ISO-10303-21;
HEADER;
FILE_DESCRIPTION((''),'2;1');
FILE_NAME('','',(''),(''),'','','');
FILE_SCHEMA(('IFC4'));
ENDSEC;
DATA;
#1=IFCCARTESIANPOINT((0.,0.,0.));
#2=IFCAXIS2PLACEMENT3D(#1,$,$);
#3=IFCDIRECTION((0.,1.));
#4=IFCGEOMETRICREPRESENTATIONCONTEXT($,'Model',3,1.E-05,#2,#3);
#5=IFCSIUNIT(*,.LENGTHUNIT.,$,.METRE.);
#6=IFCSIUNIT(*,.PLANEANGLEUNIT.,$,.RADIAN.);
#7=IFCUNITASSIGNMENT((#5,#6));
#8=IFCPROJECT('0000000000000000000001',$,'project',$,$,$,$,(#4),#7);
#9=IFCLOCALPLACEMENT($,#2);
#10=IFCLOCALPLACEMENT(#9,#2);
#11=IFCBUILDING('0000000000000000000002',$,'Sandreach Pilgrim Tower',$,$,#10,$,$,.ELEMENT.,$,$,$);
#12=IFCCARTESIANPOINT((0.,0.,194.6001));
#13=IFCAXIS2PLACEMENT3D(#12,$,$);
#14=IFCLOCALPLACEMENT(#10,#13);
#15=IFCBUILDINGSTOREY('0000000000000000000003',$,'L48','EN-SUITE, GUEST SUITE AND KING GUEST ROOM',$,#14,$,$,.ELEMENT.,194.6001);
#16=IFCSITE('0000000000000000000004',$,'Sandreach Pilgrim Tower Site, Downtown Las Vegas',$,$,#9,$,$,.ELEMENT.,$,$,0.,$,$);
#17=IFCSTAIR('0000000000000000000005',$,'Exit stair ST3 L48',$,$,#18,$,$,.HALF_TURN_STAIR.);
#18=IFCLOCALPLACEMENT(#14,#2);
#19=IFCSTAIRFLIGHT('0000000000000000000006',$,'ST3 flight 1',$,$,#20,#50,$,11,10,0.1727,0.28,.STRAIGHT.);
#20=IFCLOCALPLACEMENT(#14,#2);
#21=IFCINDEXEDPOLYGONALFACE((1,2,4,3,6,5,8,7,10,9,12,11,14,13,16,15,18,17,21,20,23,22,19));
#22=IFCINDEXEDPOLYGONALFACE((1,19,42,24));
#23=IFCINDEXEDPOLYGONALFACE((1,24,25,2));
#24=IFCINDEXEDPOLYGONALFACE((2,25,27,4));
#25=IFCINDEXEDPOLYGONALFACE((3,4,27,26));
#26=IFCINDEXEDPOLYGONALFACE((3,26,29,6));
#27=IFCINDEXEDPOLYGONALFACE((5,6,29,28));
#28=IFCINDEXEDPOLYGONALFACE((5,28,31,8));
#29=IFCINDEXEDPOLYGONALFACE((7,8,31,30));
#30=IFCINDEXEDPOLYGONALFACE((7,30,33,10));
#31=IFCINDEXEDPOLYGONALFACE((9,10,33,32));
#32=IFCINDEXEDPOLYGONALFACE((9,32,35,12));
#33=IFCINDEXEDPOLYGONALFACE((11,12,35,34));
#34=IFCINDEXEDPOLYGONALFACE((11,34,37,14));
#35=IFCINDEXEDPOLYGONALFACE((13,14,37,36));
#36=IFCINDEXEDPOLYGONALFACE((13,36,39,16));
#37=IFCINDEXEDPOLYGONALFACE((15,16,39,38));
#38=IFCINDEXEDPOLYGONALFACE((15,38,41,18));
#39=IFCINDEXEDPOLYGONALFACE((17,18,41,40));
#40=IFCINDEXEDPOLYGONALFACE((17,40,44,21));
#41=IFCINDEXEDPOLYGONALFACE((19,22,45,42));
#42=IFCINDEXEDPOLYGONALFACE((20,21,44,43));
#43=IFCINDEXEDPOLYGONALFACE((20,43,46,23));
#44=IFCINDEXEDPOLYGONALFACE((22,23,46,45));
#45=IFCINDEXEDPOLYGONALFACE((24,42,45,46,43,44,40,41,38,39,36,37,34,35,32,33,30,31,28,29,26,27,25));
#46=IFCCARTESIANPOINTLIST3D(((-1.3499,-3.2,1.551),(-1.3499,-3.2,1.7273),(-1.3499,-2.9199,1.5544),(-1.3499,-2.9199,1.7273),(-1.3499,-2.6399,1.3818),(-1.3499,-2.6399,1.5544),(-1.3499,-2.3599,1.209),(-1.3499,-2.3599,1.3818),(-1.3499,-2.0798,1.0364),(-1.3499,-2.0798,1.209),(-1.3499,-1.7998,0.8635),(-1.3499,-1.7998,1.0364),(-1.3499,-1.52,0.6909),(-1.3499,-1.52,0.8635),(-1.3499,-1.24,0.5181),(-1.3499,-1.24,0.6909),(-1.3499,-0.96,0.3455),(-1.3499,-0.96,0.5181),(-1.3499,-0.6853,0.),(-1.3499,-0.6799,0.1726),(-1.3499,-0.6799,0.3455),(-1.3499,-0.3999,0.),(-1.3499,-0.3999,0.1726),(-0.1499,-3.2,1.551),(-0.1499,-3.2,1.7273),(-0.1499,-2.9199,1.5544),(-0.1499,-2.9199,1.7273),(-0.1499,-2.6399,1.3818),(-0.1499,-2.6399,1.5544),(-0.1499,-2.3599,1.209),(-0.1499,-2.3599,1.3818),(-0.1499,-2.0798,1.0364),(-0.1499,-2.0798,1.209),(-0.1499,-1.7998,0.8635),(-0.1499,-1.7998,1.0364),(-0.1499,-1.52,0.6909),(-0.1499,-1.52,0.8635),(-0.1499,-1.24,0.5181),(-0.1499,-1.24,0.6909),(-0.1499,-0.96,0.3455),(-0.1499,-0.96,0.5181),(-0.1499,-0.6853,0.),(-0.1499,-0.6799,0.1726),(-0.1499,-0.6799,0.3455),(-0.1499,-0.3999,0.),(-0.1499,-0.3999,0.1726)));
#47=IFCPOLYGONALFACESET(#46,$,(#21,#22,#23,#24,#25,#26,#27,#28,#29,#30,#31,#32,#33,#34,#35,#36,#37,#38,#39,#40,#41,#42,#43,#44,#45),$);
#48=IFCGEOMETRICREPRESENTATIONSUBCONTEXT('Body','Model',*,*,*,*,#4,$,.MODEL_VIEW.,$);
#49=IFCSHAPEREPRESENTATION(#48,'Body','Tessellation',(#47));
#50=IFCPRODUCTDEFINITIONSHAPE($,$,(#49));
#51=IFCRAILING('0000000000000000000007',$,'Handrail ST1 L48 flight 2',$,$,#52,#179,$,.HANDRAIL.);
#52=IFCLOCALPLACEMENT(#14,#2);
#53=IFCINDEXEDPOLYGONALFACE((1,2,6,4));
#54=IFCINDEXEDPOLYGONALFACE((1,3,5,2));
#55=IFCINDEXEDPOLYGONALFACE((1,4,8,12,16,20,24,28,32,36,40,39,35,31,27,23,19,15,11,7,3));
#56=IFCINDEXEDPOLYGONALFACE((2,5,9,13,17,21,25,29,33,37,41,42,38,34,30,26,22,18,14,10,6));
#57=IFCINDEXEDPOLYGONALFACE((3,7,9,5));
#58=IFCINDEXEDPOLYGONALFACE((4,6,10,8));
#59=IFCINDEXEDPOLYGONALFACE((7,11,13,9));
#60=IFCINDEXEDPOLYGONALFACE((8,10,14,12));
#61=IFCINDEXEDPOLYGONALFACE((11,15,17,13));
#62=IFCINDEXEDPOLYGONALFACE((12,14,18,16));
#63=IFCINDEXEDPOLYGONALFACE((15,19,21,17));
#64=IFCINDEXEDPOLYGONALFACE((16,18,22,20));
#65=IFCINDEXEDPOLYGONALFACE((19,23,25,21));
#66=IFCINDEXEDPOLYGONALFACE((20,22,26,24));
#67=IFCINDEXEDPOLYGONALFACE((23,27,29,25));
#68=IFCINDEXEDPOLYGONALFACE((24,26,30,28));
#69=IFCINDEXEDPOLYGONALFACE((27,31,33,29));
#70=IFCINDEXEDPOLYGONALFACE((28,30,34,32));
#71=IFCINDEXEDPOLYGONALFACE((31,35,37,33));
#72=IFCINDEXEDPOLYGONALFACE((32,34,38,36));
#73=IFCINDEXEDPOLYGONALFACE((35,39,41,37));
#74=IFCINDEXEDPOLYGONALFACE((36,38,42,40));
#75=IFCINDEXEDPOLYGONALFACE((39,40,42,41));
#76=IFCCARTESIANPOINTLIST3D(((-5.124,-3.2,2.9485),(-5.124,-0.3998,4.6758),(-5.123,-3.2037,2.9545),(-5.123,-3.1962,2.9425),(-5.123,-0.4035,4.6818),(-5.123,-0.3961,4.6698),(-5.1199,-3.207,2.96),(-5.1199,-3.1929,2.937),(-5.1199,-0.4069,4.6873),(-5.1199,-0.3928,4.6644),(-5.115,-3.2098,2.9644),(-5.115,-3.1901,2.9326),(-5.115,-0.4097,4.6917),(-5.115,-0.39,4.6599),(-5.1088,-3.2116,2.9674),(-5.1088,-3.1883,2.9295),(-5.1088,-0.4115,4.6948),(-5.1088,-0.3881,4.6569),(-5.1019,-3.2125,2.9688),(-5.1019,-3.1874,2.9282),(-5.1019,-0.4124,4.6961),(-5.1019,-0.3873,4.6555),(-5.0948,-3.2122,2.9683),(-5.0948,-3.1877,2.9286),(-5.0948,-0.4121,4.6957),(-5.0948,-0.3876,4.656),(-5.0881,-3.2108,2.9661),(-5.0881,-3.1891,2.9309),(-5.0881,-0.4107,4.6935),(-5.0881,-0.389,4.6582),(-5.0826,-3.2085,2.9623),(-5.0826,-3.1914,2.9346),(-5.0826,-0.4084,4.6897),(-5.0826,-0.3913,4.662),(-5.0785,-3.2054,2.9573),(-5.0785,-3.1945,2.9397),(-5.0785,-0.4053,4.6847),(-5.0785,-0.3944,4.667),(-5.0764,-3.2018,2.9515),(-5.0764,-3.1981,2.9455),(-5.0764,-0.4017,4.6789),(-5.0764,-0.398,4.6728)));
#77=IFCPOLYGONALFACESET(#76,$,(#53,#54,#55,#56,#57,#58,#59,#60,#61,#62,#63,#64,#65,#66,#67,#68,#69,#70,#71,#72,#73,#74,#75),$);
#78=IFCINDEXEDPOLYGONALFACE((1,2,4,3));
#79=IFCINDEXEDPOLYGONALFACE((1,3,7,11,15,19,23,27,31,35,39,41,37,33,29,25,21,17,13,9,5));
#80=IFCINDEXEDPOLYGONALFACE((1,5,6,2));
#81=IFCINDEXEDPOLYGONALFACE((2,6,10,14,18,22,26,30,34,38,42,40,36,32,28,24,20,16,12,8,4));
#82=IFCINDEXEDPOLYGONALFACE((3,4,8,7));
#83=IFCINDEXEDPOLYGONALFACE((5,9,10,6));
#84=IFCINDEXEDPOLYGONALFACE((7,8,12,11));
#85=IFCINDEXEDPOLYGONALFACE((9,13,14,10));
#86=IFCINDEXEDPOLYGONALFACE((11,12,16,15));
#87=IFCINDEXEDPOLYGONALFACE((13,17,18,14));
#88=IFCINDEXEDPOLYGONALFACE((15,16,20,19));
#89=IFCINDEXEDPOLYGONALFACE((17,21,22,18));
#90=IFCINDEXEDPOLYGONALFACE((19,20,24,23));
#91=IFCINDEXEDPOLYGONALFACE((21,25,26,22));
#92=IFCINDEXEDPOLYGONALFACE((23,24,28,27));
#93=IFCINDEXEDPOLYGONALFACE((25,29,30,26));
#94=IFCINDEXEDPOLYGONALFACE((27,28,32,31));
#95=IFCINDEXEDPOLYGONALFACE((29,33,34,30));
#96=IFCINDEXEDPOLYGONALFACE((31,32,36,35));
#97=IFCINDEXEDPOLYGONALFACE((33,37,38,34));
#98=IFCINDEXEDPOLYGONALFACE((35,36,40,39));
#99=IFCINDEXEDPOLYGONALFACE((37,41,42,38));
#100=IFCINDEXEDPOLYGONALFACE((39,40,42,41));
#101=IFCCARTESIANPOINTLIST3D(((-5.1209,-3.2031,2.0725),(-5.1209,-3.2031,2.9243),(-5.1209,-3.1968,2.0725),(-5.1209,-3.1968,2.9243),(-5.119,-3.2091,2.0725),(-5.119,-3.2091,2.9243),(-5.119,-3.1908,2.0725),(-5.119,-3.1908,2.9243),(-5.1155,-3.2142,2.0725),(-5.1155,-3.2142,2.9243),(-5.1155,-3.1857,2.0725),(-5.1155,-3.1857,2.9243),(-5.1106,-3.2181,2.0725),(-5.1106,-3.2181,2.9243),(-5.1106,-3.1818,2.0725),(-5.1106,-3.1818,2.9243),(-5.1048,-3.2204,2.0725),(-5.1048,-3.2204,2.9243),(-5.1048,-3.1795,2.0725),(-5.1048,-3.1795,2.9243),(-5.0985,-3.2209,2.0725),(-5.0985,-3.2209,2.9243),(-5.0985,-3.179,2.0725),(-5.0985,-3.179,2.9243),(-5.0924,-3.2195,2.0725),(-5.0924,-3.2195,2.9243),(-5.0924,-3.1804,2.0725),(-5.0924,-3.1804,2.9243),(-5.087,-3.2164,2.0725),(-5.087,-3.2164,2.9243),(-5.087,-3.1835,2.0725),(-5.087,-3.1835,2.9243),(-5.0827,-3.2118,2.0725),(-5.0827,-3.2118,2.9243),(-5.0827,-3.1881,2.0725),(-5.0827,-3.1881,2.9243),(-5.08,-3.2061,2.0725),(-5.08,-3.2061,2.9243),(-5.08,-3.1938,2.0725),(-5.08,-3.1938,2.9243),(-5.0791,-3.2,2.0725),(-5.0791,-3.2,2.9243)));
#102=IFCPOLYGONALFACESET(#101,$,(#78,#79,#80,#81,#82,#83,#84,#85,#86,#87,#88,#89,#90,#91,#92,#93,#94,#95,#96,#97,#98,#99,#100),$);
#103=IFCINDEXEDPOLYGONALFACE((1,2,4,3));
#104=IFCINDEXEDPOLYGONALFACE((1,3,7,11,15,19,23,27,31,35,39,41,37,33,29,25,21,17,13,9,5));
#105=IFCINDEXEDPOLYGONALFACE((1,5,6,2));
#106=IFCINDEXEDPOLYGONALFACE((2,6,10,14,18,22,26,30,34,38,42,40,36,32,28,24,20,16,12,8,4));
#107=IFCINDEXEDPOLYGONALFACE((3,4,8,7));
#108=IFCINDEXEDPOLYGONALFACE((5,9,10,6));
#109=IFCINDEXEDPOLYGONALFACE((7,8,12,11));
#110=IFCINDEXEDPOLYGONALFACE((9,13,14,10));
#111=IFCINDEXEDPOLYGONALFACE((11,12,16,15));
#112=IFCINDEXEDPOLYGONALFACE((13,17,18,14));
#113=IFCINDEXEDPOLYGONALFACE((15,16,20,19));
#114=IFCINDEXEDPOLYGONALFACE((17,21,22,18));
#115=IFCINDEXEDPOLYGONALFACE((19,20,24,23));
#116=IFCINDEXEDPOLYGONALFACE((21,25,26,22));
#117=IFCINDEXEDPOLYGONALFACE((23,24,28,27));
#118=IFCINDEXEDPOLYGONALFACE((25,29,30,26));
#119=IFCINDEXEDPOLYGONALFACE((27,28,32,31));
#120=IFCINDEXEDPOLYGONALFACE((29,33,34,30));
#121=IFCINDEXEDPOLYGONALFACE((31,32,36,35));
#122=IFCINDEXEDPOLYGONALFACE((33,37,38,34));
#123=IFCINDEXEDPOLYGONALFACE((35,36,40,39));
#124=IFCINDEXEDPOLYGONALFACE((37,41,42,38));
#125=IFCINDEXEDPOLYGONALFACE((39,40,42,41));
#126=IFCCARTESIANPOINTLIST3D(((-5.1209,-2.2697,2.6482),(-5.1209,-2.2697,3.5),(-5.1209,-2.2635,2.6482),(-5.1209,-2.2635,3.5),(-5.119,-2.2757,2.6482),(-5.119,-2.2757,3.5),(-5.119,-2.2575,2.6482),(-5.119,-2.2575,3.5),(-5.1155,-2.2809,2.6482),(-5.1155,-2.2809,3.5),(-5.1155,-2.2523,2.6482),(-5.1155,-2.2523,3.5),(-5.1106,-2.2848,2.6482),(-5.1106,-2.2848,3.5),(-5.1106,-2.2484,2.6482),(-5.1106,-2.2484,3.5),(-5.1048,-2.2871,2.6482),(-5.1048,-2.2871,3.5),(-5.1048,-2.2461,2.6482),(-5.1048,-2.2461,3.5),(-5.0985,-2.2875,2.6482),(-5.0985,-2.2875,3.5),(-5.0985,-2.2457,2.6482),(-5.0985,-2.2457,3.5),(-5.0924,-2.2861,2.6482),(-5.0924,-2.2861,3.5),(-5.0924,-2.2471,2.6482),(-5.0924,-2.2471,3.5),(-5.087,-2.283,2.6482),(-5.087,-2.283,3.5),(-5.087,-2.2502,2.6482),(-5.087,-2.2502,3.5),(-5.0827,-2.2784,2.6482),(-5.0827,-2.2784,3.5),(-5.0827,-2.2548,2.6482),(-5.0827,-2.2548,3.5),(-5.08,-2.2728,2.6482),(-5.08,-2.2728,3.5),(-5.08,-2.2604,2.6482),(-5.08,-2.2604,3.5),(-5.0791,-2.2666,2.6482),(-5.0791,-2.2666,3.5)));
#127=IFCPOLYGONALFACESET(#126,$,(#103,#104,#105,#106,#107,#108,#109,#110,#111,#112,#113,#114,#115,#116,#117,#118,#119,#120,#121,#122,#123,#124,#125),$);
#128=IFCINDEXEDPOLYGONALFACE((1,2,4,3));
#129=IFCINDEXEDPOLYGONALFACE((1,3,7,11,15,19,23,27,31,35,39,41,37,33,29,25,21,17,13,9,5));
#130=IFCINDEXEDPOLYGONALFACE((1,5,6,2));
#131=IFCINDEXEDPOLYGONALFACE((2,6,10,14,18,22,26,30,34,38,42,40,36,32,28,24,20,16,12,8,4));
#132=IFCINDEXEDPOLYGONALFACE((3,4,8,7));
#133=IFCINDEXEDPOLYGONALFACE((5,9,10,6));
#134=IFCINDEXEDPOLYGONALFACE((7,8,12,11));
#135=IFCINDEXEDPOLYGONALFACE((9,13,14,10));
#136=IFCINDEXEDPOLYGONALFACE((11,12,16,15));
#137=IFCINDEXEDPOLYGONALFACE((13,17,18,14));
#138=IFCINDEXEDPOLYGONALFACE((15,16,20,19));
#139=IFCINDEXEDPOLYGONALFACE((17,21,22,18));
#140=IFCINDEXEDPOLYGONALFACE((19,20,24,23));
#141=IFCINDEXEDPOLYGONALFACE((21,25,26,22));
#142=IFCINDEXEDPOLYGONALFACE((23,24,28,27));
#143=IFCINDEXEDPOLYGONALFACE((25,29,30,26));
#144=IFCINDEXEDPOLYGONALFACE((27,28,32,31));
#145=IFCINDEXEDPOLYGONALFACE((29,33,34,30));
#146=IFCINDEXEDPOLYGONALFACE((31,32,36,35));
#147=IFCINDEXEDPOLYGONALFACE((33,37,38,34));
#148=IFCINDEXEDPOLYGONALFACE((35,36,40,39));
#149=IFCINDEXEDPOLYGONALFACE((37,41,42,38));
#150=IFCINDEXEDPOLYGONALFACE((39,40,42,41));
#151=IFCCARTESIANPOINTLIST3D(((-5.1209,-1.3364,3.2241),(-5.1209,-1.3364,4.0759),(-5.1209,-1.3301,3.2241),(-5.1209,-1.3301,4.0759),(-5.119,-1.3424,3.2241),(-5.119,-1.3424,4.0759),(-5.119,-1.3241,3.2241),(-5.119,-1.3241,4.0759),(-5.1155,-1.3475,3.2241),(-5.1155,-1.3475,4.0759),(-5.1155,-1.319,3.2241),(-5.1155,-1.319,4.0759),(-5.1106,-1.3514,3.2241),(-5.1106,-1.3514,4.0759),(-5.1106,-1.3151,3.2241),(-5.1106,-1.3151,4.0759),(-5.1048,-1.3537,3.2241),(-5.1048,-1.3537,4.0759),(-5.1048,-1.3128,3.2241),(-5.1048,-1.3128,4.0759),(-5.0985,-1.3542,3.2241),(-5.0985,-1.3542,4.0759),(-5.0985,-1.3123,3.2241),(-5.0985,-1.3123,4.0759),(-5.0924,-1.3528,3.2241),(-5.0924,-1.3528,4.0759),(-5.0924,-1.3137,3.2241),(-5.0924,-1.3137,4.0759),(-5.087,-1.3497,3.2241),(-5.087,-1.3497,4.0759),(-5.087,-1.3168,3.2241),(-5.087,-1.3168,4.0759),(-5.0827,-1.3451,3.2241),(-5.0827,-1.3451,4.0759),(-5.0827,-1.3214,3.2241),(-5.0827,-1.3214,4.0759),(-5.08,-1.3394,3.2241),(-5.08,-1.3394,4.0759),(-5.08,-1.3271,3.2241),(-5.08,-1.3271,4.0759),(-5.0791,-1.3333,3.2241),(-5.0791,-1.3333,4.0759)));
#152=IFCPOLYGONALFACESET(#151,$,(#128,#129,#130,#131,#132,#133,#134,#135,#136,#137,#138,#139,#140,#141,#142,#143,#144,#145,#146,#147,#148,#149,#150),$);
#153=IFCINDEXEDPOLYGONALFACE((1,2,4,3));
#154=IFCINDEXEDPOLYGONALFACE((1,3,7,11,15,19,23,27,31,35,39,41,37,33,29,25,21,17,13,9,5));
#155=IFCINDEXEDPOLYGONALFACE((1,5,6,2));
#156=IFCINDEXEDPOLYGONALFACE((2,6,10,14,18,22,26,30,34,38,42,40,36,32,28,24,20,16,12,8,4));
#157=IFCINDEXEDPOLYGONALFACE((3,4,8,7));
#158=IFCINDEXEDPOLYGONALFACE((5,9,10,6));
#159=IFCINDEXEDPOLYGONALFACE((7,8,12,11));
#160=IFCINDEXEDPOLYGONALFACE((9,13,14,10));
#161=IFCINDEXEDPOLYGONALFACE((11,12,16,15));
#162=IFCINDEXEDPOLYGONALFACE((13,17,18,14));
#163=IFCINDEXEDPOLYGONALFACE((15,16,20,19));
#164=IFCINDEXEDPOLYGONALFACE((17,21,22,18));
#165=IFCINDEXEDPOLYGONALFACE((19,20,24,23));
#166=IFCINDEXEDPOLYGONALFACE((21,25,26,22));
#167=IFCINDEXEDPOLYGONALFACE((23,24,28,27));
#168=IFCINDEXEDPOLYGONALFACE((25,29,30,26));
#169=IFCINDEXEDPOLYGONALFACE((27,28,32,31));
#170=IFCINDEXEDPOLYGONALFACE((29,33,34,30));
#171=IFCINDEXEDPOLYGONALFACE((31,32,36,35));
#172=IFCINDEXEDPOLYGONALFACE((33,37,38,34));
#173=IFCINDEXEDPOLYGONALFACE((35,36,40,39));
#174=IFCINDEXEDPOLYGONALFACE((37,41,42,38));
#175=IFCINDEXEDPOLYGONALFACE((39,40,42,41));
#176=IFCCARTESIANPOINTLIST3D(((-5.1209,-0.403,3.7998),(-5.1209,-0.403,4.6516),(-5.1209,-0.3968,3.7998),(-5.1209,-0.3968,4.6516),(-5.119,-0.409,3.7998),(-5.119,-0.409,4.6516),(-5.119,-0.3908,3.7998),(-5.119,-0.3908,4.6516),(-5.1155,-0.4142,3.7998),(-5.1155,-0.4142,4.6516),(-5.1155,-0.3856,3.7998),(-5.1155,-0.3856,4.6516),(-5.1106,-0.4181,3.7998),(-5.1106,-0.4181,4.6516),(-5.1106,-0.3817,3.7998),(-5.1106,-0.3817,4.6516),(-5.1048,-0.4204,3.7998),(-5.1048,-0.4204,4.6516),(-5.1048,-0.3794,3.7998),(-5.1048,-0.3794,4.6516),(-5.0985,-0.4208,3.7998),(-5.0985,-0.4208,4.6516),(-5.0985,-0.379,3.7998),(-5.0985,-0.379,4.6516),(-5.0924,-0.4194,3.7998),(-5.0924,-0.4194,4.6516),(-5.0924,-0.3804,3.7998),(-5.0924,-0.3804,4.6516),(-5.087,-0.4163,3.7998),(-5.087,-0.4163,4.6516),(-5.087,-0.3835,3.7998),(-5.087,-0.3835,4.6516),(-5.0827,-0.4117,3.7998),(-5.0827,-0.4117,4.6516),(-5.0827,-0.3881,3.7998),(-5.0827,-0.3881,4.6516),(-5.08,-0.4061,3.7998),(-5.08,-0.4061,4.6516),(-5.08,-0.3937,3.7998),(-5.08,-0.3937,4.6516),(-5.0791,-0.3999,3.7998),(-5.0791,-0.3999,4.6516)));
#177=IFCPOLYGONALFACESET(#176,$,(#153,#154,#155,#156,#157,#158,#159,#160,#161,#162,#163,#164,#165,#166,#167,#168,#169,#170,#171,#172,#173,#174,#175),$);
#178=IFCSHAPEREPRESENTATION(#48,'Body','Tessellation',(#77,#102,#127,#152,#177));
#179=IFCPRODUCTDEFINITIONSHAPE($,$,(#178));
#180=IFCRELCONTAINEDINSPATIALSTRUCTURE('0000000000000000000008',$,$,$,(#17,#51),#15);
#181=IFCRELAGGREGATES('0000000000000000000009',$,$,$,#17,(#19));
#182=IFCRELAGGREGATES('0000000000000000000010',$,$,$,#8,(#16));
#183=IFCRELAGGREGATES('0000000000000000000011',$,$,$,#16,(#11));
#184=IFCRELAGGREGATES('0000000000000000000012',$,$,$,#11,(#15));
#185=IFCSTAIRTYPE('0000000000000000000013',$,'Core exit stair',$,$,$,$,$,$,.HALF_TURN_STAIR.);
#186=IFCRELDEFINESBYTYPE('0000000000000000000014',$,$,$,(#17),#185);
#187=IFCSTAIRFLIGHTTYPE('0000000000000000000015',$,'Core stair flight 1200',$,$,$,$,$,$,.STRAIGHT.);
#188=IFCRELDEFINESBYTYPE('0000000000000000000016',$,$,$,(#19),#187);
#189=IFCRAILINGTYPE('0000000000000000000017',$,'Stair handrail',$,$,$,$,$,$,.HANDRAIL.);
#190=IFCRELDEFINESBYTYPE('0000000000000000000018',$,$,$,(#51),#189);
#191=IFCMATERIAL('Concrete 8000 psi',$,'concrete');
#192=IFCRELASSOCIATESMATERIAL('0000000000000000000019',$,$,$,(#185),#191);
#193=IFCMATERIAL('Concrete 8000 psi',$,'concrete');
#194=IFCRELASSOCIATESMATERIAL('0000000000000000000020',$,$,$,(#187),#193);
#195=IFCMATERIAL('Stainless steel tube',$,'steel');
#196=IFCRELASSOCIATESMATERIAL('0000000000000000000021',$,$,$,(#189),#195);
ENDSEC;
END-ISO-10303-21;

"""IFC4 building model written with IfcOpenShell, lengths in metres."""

from ifc_helpers import new_model, si_unit, direction, frame, origin, origin_2d, place, context, subcontext, project, spatial, polyline, circle, outline, extrude, material, type_object, element, aggregate, save


model = new_model("IFC4")

# Units and contexts
model_context = context("Model", 3, precision=1e-05, world=origin(), true_north=direction((0.0, 1.0)))
body_context = subcontext(model_context, "Body", "Model", "MODEL_VIEW")
ifc_project = project(units=[si_unit("LENGTHUNIT", "METRE"), si_unit("PLANEANGLEUNIT", "RADIAN")], contexts=[model_context])

# Site, building, storey
site_placement = place(None, origin())
site = spatial("IfcSite", under=ifc_project, at=site_placement, Name="Sandreach Pilgrim Tower Site, Downtown Las Vegas", CompositionType="ELEMENT", RefElevation=0.0)
building_placement = place(site_placement, origin())
building = spatial("IfcBuilding", under=site, at=building_placement, Name="Sandreach Pilgrim Tower", CompositionType="ELEMENT")
storey_placement = place(building_placement, frame((0.0, 0.0, 194.6001)))
storey = spatial("IfcBuildingStorey", under=building, at=storey_placement, Name="L48", Description="EN-SUITE, GUEST SUITE AND KING GUEST ROOM", CompositionType="ELEMENT", Elevation=194.6001)

# Stair, stair flight
ifc_material_1 = material(Name="Concrete 8000 psi", Category="concrete")
stair_type = type_object("IfcStairType", Name="Core exit stair", PredefinedType="HALF_TURN_STAIR", material=ifc_material_1)
stair_placement = place(storey_placement, origin())
stair = element("IfcStair", 1, at=stair_placement, inside=storey, type_object=stair_type, Name="Exit stair ST3 L48", PredefinedType="HALF_TURN_STAIR")
ifc_material_2 = material(Name="Concrete 8000 psi", Category="concrete")
stair_flight_type = type_object("IfcStairFlightType", Name="Core stair flight 1200", PredefinedType="STRAIGHT", material=ifc_material_2)
stair_flight_placement = place(storey_placement, frame((-0.75, -0.3999, 0.0), z_axis=(0.0, 0.0, 1.0), x_axis=(0.0, -1.0, 0.0)))
stair_flight = element("IfcStairFlight", 2, at=stair_flight_placement, type_object=stair_flight_type, Name="ST3 flight 1", NumberOfRisers=11, NumberOfTreads=10, PredefinedType="STRAIGHT", RiserHeight=0.1727, TreadLength=0.28, context=body_context, shape_type="SweptSolid", body=[
    extrude(outline(polyline([(0.0, 0.0), (0.0, 0.1726), (0.28, 0.1726), (0.28, 0.3455), (0.5601, 0.3455), (0.5601, 0.5181), (0.8401, 0.5181), (0.8401, 0.6909), (1.1201, 0.6909), (1.1201, 0.8635), (1.3999, 0.8635), (1.3999, 1.0364), (1.6799, 1.0364), (1.6799, 1.209), (1.96, 1.209), (1.96, 1.3818), (2.24, 1.3818), (2.24, 1.5544), (2.52, 1.5544), (2.52, 1.7273), (2.8, 1.7273), (2.8, 1.8999), (2.8, 1.551), (0.2854, 0.0), (0.0, 0.0)])), frame((0.0, 0.6001, 0.0), z_axis=(0.0, -1.0, 0.0), x_axis=(1.0, 0.0, 0.0)), (0.0, 0.0, 1.0), 1.2),
])
aggregate(stair, [stair_flight])

# Railing
ifc_material_3 = material(Name="Stainless steel tube", Category="steel")
railing_type = type_object("IfcRailingType", Name="Stair handrail", PredefinedType="HANDRAIL", material=ifc_material_3)
railing_placement = place(storey_placement, frame((-5.1001, -3.2, 2.0725)))
element("IfcRailing", 3, at=railing_placement, inside=storey, type_object=railing_type, Name="Handrail ST1 L48 flight 2", PredefinedType="HANDRAIL", context=body_context, shape_type="SweptSolid", body=[
    extrude(circle(Radius=0.0239, at=origin_2d()), frame((0.0, 0.0, 0.876), z_axis=(0.0, 0.85109, 0.52502), x_axis=(-1.0, 0.0, 0.0)), (0.0, 0.0, 1.0), 3.29),
    extrude(circle(Radius=0.021, at=origin_2d()), origin(), (0.0, 0.0, 1.0), 0.8518),
    extrude(circle(Radius=0.021, at=origin_2d()), frame((0.0, 0.9333, 0.5757)), (0.0, 0.0, 1.0), 0.8518),
    extrude(circle(Radius=0.021, at=origin_2d()), frame((0.0, 1.8667, 1.1516)), (0.0, 0.0, 1.0), 0.8518),
    extrude(circle(Radius=0.021, at=origin_2d()), frame((0.0, 2.8, 1.7273)), (0.0, 0.0, 1.0), 0.8518),
])

save(model, "model.ifc")
